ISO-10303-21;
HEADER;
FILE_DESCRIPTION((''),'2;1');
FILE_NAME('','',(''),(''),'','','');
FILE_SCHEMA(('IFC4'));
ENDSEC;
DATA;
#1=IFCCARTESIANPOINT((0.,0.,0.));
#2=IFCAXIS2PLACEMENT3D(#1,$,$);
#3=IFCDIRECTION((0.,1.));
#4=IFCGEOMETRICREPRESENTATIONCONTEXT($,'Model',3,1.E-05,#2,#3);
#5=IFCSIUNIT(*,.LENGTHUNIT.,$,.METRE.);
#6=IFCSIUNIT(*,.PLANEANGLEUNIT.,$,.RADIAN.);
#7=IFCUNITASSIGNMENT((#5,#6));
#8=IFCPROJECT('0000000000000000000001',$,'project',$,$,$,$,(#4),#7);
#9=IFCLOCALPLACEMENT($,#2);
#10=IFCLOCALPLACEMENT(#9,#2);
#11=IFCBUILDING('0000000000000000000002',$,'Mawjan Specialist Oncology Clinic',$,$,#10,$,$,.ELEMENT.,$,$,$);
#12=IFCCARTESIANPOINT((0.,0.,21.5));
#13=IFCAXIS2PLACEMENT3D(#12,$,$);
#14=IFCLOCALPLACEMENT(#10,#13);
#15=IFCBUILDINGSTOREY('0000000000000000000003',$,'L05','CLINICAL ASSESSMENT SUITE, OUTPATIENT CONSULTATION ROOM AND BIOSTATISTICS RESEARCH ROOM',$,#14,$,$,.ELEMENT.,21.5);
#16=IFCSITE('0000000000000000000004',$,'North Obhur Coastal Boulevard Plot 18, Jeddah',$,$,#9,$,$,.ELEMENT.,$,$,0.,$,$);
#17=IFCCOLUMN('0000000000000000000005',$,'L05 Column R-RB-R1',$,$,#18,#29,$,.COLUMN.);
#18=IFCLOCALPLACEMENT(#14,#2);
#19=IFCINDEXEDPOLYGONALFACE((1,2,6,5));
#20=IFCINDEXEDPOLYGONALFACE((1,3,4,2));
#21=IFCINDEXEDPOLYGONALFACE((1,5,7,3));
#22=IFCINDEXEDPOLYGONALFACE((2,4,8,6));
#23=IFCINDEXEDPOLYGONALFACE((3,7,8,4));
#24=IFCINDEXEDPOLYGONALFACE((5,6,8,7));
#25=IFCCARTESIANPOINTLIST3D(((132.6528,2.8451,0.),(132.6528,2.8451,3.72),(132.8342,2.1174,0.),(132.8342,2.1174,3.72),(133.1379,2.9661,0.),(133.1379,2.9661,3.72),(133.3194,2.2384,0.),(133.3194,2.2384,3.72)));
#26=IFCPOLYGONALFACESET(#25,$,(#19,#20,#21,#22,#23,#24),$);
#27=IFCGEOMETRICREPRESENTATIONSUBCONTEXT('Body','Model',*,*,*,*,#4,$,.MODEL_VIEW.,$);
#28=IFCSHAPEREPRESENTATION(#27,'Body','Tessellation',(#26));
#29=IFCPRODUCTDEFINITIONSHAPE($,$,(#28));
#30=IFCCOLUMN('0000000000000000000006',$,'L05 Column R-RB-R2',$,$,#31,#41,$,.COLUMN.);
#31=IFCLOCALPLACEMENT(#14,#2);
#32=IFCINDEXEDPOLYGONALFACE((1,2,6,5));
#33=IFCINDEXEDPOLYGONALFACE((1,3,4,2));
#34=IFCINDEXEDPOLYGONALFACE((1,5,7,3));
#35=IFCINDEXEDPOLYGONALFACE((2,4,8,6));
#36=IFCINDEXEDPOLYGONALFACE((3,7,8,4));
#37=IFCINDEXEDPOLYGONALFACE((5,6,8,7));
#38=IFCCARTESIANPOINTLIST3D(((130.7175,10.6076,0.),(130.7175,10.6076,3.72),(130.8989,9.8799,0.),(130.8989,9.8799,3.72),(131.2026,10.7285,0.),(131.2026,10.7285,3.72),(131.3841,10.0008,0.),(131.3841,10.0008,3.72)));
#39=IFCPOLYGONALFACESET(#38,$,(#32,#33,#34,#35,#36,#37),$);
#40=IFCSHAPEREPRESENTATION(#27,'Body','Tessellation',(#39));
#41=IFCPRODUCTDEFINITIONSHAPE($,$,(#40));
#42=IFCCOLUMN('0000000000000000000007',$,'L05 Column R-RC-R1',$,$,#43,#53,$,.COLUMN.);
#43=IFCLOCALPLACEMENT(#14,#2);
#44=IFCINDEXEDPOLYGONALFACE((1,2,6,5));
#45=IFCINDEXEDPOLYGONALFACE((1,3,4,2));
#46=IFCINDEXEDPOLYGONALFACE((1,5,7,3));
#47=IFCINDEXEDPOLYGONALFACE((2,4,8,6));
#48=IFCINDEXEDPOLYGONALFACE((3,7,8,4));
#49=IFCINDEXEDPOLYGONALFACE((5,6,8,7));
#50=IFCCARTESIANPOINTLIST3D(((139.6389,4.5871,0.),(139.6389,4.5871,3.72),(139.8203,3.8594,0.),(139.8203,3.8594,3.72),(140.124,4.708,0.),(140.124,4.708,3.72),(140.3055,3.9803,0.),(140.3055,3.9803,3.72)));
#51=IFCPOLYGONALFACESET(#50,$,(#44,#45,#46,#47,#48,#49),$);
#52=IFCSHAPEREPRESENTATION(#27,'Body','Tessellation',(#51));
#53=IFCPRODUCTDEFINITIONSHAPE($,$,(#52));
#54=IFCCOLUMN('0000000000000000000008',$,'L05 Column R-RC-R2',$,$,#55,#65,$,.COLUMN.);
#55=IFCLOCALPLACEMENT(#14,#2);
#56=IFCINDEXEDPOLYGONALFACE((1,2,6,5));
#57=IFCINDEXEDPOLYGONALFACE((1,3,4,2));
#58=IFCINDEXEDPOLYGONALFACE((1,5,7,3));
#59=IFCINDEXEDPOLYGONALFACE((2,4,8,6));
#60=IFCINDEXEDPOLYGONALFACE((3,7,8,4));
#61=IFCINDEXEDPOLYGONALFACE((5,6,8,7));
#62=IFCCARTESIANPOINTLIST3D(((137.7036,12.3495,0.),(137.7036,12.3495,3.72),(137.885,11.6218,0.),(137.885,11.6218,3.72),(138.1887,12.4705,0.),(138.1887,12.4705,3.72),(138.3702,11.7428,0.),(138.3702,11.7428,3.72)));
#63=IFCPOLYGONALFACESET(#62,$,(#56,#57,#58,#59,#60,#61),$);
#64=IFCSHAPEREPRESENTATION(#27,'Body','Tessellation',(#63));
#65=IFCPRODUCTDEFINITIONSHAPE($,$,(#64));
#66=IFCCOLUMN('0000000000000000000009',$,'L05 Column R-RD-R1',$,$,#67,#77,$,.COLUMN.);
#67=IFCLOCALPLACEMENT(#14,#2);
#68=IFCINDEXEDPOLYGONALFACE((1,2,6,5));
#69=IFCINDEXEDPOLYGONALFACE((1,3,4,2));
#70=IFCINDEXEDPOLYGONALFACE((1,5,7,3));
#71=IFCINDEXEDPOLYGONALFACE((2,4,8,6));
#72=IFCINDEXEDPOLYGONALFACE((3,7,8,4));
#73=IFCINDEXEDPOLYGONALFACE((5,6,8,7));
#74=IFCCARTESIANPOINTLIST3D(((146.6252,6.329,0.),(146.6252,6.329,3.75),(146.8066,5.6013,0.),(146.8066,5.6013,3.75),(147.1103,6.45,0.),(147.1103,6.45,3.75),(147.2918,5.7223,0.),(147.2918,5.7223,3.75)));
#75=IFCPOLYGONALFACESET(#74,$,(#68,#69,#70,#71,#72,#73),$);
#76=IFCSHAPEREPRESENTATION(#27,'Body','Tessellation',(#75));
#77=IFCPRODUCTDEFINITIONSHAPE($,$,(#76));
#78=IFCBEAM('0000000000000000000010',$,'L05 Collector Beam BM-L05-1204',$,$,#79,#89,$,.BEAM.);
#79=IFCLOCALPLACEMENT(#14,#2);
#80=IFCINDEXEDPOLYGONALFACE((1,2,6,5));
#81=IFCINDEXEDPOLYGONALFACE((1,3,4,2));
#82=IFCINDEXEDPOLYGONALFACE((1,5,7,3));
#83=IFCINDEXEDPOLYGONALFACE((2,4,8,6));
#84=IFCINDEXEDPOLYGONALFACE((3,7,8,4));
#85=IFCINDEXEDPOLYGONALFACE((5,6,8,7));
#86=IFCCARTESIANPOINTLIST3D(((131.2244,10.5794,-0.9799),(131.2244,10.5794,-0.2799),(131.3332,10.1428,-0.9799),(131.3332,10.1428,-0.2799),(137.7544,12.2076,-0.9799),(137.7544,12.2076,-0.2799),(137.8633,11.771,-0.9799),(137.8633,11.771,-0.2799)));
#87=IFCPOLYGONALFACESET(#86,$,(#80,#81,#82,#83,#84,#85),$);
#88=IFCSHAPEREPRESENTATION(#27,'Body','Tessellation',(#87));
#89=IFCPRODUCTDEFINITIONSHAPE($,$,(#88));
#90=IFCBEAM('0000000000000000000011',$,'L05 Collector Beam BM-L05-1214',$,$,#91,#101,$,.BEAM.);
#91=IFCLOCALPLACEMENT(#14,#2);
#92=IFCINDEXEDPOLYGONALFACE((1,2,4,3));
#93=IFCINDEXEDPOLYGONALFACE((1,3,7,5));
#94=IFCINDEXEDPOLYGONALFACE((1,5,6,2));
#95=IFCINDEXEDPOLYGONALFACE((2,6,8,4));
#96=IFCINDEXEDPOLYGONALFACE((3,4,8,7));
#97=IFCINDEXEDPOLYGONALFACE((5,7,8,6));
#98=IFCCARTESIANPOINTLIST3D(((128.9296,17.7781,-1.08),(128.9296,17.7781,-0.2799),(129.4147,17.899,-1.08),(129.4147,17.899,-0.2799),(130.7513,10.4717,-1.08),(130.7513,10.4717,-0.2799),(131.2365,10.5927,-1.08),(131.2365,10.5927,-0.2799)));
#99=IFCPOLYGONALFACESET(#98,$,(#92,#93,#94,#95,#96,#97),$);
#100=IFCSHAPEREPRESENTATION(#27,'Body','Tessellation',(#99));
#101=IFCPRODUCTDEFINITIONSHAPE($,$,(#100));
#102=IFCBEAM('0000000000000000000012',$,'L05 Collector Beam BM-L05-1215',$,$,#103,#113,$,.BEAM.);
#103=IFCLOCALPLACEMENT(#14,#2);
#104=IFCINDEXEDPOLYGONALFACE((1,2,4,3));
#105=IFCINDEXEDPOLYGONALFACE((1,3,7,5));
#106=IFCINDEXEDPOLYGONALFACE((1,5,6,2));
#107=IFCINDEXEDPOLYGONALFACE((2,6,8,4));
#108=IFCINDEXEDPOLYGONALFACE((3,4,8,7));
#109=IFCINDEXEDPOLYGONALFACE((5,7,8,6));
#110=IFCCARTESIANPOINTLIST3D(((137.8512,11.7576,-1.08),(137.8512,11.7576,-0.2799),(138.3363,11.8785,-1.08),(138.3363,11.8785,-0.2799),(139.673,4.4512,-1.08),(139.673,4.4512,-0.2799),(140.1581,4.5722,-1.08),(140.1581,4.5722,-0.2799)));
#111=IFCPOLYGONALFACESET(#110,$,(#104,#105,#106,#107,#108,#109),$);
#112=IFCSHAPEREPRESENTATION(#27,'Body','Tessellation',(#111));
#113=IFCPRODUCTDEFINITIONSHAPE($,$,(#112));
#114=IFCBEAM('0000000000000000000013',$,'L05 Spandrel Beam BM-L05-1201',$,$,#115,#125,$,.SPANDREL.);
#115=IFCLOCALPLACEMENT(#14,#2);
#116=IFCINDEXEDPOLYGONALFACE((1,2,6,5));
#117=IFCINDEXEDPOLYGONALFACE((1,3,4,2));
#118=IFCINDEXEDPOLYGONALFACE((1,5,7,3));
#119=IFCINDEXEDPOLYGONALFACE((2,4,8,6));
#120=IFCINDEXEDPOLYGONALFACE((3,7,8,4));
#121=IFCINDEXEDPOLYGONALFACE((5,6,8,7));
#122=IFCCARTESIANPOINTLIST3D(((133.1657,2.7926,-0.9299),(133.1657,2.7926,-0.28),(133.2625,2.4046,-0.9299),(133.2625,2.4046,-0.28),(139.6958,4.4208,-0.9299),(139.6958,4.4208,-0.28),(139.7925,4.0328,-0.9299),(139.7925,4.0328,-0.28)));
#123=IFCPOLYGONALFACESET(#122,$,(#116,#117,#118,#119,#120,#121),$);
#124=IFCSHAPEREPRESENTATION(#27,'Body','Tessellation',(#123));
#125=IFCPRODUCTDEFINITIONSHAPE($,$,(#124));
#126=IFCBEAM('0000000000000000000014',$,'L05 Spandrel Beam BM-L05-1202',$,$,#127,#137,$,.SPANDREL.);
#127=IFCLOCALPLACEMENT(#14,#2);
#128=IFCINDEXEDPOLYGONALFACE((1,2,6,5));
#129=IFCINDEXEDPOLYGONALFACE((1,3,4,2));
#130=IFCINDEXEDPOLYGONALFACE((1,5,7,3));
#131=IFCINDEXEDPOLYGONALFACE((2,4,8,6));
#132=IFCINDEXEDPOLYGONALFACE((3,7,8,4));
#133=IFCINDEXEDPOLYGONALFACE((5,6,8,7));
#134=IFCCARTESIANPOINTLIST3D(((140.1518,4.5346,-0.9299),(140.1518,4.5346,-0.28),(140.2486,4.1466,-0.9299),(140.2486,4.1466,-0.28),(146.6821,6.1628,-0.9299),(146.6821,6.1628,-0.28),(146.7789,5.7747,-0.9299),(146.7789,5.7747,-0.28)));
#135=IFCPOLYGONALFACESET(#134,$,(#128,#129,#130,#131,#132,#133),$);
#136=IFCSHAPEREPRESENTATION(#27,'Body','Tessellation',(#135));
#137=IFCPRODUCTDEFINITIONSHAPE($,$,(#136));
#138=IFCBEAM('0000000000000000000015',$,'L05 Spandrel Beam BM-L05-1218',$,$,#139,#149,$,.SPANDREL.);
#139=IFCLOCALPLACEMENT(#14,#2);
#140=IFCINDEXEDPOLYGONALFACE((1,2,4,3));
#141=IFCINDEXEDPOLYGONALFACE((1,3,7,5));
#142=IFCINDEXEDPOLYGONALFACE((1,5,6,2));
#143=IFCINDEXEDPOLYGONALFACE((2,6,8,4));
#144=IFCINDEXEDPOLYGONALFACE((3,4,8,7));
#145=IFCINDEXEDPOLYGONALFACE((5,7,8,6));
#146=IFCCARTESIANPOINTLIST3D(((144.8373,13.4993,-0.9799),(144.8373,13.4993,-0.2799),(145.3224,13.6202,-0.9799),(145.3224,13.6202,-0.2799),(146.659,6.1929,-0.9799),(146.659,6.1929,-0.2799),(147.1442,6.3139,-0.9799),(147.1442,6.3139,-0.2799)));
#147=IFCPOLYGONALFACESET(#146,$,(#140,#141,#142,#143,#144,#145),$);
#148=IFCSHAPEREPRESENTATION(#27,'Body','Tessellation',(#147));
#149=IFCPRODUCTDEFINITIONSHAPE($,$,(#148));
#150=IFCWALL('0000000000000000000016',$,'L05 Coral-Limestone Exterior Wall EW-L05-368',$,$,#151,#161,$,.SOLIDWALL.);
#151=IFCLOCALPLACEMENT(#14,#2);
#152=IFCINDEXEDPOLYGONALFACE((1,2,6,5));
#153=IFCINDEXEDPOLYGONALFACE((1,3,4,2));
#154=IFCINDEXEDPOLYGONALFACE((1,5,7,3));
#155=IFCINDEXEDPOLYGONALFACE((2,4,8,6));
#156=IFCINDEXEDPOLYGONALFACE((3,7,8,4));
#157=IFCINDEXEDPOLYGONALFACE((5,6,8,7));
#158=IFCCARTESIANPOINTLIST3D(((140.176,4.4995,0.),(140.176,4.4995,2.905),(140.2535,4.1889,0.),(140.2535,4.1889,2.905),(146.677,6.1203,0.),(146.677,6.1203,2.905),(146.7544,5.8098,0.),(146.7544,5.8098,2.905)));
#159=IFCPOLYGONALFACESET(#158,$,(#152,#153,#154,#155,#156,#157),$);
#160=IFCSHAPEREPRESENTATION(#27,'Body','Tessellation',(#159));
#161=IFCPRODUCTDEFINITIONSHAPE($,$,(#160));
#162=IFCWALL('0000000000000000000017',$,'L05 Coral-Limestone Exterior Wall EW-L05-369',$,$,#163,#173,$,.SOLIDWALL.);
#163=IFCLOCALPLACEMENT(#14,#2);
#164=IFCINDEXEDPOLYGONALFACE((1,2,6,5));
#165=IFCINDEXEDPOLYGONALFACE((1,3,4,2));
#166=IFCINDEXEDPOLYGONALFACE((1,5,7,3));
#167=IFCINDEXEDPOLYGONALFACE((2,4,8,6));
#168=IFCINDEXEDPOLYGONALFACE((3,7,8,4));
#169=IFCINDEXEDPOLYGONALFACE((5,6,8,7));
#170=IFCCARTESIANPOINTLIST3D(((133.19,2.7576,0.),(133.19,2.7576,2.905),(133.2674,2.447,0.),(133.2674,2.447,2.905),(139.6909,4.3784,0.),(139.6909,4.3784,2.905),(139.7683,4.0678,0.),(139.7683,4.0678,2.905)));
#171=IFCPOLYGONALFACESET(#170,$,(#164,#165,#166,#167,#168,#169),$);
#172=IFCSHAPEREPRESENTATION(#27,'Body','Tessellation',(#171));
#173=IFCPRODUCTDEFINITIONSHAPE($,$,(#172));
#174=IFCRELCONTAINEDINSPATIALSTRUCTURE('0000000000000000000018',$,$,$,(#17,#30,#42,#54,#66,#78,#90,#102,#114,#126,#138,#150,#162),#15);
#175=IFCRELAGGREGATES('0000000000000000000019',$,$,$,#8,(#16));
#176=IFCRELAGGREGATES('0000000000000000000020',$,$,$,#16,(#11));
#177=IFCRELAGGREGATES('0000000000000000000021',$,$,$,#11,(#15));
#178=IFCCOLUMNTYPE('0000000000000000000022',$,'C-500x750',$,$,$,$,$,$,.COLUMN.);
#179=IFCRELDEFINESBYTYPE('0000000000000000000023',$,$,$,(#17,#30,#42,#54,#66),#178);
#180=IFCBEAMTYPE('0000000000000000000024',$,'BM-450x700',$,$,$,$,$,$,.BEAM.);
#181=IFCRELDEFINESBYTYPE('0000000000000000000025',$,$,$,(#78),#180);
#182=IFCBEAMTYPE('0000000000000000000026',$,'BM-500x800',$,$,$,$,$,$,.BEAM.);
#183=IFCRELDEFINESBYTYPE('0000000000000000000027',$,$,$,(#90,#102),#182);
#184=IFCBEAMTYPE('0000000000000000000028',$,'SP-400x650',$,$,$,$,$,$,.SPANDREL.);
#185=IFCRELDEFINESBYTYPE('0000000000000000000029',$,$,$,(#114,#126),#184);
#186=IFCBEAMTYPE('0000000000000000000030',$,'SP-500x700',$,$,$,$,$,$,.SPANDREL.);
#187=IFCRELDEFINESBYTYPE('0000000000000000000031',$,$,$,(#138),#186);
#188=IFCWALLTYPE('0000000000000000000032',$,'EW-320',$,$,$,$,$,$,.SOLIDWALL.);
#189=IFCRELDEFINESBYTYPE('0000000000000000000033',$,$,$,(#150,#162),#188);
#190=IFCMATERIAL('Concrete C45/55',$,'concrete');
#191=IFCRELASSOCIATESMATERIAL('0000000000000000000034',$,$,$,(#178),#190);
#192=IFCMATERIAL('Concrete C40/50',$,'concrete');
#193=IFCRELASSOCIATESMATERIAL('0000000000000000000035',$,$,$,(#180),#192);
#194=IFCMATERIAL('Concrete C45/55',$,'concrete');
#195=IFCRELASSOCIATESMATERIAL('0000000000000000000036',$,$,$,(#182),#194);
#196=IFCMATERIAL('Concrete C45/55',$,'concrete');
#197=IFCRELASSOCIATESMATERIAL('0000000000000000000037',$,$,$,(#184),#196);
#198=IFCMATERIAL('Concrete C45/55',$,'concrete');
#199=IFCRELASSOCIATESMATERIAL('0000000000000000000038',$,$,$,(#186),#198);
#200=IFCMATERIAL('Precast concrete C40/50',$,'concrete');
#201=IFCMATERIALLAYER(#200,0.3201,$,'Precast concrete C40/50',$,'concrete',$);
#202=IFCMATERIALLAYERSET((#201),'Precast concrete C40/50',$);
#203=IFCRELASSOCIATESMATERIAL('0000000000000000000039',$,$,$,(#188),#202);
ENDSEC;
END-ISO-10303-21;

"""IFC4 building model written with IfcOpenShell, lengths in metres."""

from ifc_helpers import new_model, si_unit, direction, frame, frame_2d, origin, origin_2d, place, context, subcontext, project, spatial, rectangle, extrude, material, layer, layer_set, material_profile, profile_set, type_object, element, save


model = new_model("IFC4")

# Units and contexts
model_context = context("Model", 3, precision=1e-05, world=origin(), true_north=direction((0.0, 1.0)))
body_context = subcontext(model_context, "Body", "Model", "MODEL_VIEW")
ifc_project = project(units=[si_unit("LENGTHUNIT", "METRE"), si_unit("PLANEANGLEUNIT", "RADIAN")], contexts=[model_context])

# Site, building, storey
site_placement = place(None, origin())
site = spatial("IfcSite", under=ifc_project, at=site_placement, Name="North Obhur Coastal Boulevard Plot 18, Jeddah", CompositionType="ELEMENT", RefElevation=0.0)
building_placement = place(site_placement, origin())
building = spatial("IfcBuilding", under=site, at=building_placement, Name="Mawjan Specialist Oncology Clinic", CompositionType="ELEMENT")
storey_placement = place(building_placement, frame((0.0, 0.0, 21.5)))
storey = spatial("IfcBuildingStorey", under=building, at=storey_placement, Name="L05", Description="CLINICAL ASSESSMENT SUITE, OUTPATIENT CONSULTATION ROOM AND BIOSTATISTICS RESEARCH ROOM", CompositionType="ELEMENT", Elevation=21.5)

# Columns
ifc_material_1 = material(Name="Concrete C45/55", Category="concrete")
ifc_material_profile_1 = material_profile(ifc_material_1, rectangle(XDim=0.5, YDim=0.75, at=origin_2d()), Name="RC COL 500x750", Category="concrete")
ifc_profile_set_1 = profile_set([ifc_material_profile_1], Name="Concrete C45/55")
column_type = type_object("IfcColumnType", Name="C-500x750", PredefinedType="COLUMN", material=ifc_profile_set_1)
for number, where, z_axis, x_axis, name in (
    (1, (132.9861, 2.5417, 0.0), (0.0, 0.0, 1.0), (0.970296, 0.241922, 0.0), "L05 Column R-RB-R1"),
    (2, (131.0508, 10.3042, 0.0), (0.0, 0.0, 1.0), (0.970296, 0.241922, 0.0), "L05 Column R-RB-R2"),
    (3, (139.9722, 4.2837, 0.0), (0.0, 0.0, 1.0), (0.970296, 0.241922, 0.0), "L05 Column R-RC-R1"),
    (4, (138.0369, 12.0461, 0.0), (0.0, 0.0, 1.0), (0.970296, 0.241922, 0.0), "L05 Column R-RC-R2"),
):
    element("IfcColumn", number, at=place(storey_placement, frame(where, z_axis=z_axis, x_axis=x_axis)), inside=storey, type_object=column_type, Name=name, PredefinedType="COLUMN", context=body_context, shape_type="SweptSolid", body=[
        extrude(rectangle(XDim=0.5, YDim=0.75, at=origin_2d()), origin(), (0.0, 0.0, 1.0), 3.72),
    ])
column_placement = place(storey_placement, frame((146.9585, 6.0256, 0.0), z_axis=(0.0, 0.0, 1.0), x_axis=(0.970296, 0.241922, 0.0)))
element("IfcColumn", 5, at=column_placement, inside=storey, type_object=column_type, Name="L05 Column R-RD-R1", PredefinedType="COLUMN", context=body_context, shape_type="SweptSolid", body=[
    extrude(rectangle(XDim=0.5, YDim=0.75, at=origin_2d()), origin(), (0.0, 0.0, 1.0), 3.75),
])

# Beams
ifc_material_2 = material(Name="Concrete C40/50", Category="concrete")
ifc_material_profile_2 = material_profile(ifc_material_2, rectangle(XDim=0.45, YDim=0.7, at=origin_2d()), Name="RC BM 450x700", Category="concrete")
ifc_profile_set_2 = profile_set([ifc_material_profile_2], Name="Concrete C40/50")
beam_type_1 = type_object("IfcBeamType", Name="BM-450x700", PredefinedType="BEAM", material=ifc_profile_set_2)
beam_1_placement = place(storey_placement, frame((131.2788, 10.3611, -0.6299), z_axis=(0.970294, 0.24193, 0.0), x_axis=(-0.24193, 0.970294, 0.0)))
element("IfcBeam", 6, at=beam_1_placement, inside=storey, type_object=beam_type_1, Name="L05 Collector Beam BM-L05-1204", PredefinedType="BEAM", context=body_context, shape_type="SweptSolid", body=[
    extrude(rectangle(XDim=0.45, YDim=0.7, at=origin_2d()), origin(), (0.0, 0.0, 1.0), 6.73),
])
ifc_material_3 = material(Name="Concrete C45/55", Category="concrete")
ifc_material_profile_3 = material_profile(ifc_material_3, rectangle(XDim=0.5, YDim=0.8, at=origin_2d()), Name="RC BM 500x800", Category="concrete")
ifc_profile_set_3 = profile_set([ifc_material_profile_3], Name="Concrete C45/55")
beam_type_2 = type_object("IfcBeamType", Name="BM-500x800", PredefinedType="BEAM", material=ifc_profile_set_3)
for number, where, z_axis, x_axis, name in (
    (7, (130.9939, 10.5322, -0.6799), (-0.241933, 0.970293, 0.0), (-0.970293, -0.241933, 0.0), "L05 Collector Beam BM-L05-1214"),
    (8, (139.9155, 4.5117, -0.6799), (-0.241933, 0.970293, 0.0), (-0.970293, -0.241933, 0.0), "L05 Collector Beam BM-L05-1215"),
):
    element("IfcBeam", number, at=place(storey_placement, frame(where, z_axis=z_axis, x_axis=x_axis)), inside=storey, type_object=beam_type_2, Name=name, PredefinedType="BEAM", context=body_context, shape_type="SweptSolid", body=[
        extrude(rectangle(XDim=0.5, YDim=0.8, at=origin_2d()), origin(), (0.0, 0.0, 1.0), 7.53),
    ])
ifc_material_4 = material(Name="Concrete C45/55", Category="concrete")
ifc_material_profile_4 = material_profile(ifc_material_4, rectangle(XDim=0.3999, YDim=0.6499, at=origin_2d()), Name="RC BM 400x650", Category="concrete")
ifc_profile_set_4 = profile_set([ifc_material_profile_4], Name="Concrete C45/55")
beam_type_3 = type_object("IfcBeamType", Name="SP-400x650", PredefinedType="SPANDREL", material=ifc_profile_set_4)
beam_2_placement = place(storey_placement, frame((133.2141, 2.5986, -0.605), z_axis=(0.970294, 0.24193, 0.0), x_axis=(-0.24193, 0.970294, 0.0)))
element("IfcBeam", 9, at=beam_2_placement, inside=storey, type_object=beam_type_3, Name="L05 Spandrel Beam BM-L05-1201", PredefinedType="SPANDREL", context=body_context, shape_type="SweptSolid", body=[
    extrude(rectangle(XDim=0.3999, YDim=0.6499, at=origin_2d()), origin(), (0.0, 0.0, 1.0), 6.73),
])
beam_3_placement = place(storey_placement, frame((140.2002, 4.3406, -0.605), z_axis=(0.970296, 0.241921, 0.0), x_axis=(-0.241921, 0.970296, 0.0)))
element("IfcBeam", 10, at=beam_3_placement, inside=storey, type_object=beam_type_3, Name="L05 Spandrel Beam BM-L05-1202", PredefinedType="SPANDREL", context=body_context, shape_type="SweptSolid", body=[
    extrude(rectangle(XDim=0.3999, YDim=0.6499, at=origin_2d()), origin(), (0.0, 0.0, 1.0), 6.7302),
])
ifc_material_5 = material(Name="Concrete C45/55", Category="concrete")
ifc_material_profile_5 = material_profile(ifc_material_5, rectangle(XDim=0.5, YDim=0.7, at=origin_2d()), Name="RC BM 500x700", Category="concrete")
ifc_profile_set_5 = profile_set([ifc_material_profile_5], Name="Concrete C45/55")
beam_type_4 = type_object("IfcBeamType", Name="SP-500x700", PredefinedType="SPANDREL", material=ifc_profile_set_5)
beam_4_placement = place(storey_placement, frame((146.9016, 6.2534, -0.6299), z_axis=(-0.241933, 0.970293, 0.0), x_axis=(-0.970293, -0.241933, 0.0)))
element("IfcBeam", 11, at=beam_4_placement, inside=storey, type_object=beam_type_4, Name="L05 Spandrel Beam BM-L05-1218", PredefinedType="SPANDREL", context=body_context, shape_type="SweptSolid", body=[
    extrude(rectangle(XDim=0.5, YDim=0.7, at=origin_2d()), origin(), (0.0, 0.0, 1.0), 7.53),
])

# Walls
ifc_material_6 = material(Name="Precast concrete C40/50", Category="concrete")
ifc_layer_1 = layer(ifc_material_6, 0.3201, Name="Precast concrete C40/50", Category="concrete")
ifc_layer_set_1 = layer_set([ifc_layer_1], Name="Precast concrete C40/50")
wall_type_1 = type_object("IfcWallType", Name="EW-320", PredefinedType="SOLIDWALL", material=ifc_layer_set_1)
for number, where, z_axis, x_axis, name in (
    (12, (146.7158, 5.9651, 0.0), (0.0, 0.0, 1.0), (-0.970297, -0.241918, 0.0), "L05 Coral-Limestone Exterior Wall EW-L05-368"),
    (13, (139.7297, 4.2231, 0.0), (0.0, 0.0, 1.0), (-0.970297, -0.241918, 0.0), "L05 Coral-Limestone Exterior Wall EW-L05-369"),
):
    element("IfcWall", number, at=place(storey_placement, frame(where, z_axis=z_axis, x_axis=x_axis)), inside=storey, type_object=wall_type_1, Name=name, PredefinedType="SOLIDWALL", context=body_context, shape_type="SweptSolid", body=[
        extrude(rectangle(XDim=6.7, YDim=0.3201, at=frame_2d((3.3501, 0.0))), origin(), (0.0, 0.0, 1.0), 2.905),
    ])

save(model, "model.ifc")
